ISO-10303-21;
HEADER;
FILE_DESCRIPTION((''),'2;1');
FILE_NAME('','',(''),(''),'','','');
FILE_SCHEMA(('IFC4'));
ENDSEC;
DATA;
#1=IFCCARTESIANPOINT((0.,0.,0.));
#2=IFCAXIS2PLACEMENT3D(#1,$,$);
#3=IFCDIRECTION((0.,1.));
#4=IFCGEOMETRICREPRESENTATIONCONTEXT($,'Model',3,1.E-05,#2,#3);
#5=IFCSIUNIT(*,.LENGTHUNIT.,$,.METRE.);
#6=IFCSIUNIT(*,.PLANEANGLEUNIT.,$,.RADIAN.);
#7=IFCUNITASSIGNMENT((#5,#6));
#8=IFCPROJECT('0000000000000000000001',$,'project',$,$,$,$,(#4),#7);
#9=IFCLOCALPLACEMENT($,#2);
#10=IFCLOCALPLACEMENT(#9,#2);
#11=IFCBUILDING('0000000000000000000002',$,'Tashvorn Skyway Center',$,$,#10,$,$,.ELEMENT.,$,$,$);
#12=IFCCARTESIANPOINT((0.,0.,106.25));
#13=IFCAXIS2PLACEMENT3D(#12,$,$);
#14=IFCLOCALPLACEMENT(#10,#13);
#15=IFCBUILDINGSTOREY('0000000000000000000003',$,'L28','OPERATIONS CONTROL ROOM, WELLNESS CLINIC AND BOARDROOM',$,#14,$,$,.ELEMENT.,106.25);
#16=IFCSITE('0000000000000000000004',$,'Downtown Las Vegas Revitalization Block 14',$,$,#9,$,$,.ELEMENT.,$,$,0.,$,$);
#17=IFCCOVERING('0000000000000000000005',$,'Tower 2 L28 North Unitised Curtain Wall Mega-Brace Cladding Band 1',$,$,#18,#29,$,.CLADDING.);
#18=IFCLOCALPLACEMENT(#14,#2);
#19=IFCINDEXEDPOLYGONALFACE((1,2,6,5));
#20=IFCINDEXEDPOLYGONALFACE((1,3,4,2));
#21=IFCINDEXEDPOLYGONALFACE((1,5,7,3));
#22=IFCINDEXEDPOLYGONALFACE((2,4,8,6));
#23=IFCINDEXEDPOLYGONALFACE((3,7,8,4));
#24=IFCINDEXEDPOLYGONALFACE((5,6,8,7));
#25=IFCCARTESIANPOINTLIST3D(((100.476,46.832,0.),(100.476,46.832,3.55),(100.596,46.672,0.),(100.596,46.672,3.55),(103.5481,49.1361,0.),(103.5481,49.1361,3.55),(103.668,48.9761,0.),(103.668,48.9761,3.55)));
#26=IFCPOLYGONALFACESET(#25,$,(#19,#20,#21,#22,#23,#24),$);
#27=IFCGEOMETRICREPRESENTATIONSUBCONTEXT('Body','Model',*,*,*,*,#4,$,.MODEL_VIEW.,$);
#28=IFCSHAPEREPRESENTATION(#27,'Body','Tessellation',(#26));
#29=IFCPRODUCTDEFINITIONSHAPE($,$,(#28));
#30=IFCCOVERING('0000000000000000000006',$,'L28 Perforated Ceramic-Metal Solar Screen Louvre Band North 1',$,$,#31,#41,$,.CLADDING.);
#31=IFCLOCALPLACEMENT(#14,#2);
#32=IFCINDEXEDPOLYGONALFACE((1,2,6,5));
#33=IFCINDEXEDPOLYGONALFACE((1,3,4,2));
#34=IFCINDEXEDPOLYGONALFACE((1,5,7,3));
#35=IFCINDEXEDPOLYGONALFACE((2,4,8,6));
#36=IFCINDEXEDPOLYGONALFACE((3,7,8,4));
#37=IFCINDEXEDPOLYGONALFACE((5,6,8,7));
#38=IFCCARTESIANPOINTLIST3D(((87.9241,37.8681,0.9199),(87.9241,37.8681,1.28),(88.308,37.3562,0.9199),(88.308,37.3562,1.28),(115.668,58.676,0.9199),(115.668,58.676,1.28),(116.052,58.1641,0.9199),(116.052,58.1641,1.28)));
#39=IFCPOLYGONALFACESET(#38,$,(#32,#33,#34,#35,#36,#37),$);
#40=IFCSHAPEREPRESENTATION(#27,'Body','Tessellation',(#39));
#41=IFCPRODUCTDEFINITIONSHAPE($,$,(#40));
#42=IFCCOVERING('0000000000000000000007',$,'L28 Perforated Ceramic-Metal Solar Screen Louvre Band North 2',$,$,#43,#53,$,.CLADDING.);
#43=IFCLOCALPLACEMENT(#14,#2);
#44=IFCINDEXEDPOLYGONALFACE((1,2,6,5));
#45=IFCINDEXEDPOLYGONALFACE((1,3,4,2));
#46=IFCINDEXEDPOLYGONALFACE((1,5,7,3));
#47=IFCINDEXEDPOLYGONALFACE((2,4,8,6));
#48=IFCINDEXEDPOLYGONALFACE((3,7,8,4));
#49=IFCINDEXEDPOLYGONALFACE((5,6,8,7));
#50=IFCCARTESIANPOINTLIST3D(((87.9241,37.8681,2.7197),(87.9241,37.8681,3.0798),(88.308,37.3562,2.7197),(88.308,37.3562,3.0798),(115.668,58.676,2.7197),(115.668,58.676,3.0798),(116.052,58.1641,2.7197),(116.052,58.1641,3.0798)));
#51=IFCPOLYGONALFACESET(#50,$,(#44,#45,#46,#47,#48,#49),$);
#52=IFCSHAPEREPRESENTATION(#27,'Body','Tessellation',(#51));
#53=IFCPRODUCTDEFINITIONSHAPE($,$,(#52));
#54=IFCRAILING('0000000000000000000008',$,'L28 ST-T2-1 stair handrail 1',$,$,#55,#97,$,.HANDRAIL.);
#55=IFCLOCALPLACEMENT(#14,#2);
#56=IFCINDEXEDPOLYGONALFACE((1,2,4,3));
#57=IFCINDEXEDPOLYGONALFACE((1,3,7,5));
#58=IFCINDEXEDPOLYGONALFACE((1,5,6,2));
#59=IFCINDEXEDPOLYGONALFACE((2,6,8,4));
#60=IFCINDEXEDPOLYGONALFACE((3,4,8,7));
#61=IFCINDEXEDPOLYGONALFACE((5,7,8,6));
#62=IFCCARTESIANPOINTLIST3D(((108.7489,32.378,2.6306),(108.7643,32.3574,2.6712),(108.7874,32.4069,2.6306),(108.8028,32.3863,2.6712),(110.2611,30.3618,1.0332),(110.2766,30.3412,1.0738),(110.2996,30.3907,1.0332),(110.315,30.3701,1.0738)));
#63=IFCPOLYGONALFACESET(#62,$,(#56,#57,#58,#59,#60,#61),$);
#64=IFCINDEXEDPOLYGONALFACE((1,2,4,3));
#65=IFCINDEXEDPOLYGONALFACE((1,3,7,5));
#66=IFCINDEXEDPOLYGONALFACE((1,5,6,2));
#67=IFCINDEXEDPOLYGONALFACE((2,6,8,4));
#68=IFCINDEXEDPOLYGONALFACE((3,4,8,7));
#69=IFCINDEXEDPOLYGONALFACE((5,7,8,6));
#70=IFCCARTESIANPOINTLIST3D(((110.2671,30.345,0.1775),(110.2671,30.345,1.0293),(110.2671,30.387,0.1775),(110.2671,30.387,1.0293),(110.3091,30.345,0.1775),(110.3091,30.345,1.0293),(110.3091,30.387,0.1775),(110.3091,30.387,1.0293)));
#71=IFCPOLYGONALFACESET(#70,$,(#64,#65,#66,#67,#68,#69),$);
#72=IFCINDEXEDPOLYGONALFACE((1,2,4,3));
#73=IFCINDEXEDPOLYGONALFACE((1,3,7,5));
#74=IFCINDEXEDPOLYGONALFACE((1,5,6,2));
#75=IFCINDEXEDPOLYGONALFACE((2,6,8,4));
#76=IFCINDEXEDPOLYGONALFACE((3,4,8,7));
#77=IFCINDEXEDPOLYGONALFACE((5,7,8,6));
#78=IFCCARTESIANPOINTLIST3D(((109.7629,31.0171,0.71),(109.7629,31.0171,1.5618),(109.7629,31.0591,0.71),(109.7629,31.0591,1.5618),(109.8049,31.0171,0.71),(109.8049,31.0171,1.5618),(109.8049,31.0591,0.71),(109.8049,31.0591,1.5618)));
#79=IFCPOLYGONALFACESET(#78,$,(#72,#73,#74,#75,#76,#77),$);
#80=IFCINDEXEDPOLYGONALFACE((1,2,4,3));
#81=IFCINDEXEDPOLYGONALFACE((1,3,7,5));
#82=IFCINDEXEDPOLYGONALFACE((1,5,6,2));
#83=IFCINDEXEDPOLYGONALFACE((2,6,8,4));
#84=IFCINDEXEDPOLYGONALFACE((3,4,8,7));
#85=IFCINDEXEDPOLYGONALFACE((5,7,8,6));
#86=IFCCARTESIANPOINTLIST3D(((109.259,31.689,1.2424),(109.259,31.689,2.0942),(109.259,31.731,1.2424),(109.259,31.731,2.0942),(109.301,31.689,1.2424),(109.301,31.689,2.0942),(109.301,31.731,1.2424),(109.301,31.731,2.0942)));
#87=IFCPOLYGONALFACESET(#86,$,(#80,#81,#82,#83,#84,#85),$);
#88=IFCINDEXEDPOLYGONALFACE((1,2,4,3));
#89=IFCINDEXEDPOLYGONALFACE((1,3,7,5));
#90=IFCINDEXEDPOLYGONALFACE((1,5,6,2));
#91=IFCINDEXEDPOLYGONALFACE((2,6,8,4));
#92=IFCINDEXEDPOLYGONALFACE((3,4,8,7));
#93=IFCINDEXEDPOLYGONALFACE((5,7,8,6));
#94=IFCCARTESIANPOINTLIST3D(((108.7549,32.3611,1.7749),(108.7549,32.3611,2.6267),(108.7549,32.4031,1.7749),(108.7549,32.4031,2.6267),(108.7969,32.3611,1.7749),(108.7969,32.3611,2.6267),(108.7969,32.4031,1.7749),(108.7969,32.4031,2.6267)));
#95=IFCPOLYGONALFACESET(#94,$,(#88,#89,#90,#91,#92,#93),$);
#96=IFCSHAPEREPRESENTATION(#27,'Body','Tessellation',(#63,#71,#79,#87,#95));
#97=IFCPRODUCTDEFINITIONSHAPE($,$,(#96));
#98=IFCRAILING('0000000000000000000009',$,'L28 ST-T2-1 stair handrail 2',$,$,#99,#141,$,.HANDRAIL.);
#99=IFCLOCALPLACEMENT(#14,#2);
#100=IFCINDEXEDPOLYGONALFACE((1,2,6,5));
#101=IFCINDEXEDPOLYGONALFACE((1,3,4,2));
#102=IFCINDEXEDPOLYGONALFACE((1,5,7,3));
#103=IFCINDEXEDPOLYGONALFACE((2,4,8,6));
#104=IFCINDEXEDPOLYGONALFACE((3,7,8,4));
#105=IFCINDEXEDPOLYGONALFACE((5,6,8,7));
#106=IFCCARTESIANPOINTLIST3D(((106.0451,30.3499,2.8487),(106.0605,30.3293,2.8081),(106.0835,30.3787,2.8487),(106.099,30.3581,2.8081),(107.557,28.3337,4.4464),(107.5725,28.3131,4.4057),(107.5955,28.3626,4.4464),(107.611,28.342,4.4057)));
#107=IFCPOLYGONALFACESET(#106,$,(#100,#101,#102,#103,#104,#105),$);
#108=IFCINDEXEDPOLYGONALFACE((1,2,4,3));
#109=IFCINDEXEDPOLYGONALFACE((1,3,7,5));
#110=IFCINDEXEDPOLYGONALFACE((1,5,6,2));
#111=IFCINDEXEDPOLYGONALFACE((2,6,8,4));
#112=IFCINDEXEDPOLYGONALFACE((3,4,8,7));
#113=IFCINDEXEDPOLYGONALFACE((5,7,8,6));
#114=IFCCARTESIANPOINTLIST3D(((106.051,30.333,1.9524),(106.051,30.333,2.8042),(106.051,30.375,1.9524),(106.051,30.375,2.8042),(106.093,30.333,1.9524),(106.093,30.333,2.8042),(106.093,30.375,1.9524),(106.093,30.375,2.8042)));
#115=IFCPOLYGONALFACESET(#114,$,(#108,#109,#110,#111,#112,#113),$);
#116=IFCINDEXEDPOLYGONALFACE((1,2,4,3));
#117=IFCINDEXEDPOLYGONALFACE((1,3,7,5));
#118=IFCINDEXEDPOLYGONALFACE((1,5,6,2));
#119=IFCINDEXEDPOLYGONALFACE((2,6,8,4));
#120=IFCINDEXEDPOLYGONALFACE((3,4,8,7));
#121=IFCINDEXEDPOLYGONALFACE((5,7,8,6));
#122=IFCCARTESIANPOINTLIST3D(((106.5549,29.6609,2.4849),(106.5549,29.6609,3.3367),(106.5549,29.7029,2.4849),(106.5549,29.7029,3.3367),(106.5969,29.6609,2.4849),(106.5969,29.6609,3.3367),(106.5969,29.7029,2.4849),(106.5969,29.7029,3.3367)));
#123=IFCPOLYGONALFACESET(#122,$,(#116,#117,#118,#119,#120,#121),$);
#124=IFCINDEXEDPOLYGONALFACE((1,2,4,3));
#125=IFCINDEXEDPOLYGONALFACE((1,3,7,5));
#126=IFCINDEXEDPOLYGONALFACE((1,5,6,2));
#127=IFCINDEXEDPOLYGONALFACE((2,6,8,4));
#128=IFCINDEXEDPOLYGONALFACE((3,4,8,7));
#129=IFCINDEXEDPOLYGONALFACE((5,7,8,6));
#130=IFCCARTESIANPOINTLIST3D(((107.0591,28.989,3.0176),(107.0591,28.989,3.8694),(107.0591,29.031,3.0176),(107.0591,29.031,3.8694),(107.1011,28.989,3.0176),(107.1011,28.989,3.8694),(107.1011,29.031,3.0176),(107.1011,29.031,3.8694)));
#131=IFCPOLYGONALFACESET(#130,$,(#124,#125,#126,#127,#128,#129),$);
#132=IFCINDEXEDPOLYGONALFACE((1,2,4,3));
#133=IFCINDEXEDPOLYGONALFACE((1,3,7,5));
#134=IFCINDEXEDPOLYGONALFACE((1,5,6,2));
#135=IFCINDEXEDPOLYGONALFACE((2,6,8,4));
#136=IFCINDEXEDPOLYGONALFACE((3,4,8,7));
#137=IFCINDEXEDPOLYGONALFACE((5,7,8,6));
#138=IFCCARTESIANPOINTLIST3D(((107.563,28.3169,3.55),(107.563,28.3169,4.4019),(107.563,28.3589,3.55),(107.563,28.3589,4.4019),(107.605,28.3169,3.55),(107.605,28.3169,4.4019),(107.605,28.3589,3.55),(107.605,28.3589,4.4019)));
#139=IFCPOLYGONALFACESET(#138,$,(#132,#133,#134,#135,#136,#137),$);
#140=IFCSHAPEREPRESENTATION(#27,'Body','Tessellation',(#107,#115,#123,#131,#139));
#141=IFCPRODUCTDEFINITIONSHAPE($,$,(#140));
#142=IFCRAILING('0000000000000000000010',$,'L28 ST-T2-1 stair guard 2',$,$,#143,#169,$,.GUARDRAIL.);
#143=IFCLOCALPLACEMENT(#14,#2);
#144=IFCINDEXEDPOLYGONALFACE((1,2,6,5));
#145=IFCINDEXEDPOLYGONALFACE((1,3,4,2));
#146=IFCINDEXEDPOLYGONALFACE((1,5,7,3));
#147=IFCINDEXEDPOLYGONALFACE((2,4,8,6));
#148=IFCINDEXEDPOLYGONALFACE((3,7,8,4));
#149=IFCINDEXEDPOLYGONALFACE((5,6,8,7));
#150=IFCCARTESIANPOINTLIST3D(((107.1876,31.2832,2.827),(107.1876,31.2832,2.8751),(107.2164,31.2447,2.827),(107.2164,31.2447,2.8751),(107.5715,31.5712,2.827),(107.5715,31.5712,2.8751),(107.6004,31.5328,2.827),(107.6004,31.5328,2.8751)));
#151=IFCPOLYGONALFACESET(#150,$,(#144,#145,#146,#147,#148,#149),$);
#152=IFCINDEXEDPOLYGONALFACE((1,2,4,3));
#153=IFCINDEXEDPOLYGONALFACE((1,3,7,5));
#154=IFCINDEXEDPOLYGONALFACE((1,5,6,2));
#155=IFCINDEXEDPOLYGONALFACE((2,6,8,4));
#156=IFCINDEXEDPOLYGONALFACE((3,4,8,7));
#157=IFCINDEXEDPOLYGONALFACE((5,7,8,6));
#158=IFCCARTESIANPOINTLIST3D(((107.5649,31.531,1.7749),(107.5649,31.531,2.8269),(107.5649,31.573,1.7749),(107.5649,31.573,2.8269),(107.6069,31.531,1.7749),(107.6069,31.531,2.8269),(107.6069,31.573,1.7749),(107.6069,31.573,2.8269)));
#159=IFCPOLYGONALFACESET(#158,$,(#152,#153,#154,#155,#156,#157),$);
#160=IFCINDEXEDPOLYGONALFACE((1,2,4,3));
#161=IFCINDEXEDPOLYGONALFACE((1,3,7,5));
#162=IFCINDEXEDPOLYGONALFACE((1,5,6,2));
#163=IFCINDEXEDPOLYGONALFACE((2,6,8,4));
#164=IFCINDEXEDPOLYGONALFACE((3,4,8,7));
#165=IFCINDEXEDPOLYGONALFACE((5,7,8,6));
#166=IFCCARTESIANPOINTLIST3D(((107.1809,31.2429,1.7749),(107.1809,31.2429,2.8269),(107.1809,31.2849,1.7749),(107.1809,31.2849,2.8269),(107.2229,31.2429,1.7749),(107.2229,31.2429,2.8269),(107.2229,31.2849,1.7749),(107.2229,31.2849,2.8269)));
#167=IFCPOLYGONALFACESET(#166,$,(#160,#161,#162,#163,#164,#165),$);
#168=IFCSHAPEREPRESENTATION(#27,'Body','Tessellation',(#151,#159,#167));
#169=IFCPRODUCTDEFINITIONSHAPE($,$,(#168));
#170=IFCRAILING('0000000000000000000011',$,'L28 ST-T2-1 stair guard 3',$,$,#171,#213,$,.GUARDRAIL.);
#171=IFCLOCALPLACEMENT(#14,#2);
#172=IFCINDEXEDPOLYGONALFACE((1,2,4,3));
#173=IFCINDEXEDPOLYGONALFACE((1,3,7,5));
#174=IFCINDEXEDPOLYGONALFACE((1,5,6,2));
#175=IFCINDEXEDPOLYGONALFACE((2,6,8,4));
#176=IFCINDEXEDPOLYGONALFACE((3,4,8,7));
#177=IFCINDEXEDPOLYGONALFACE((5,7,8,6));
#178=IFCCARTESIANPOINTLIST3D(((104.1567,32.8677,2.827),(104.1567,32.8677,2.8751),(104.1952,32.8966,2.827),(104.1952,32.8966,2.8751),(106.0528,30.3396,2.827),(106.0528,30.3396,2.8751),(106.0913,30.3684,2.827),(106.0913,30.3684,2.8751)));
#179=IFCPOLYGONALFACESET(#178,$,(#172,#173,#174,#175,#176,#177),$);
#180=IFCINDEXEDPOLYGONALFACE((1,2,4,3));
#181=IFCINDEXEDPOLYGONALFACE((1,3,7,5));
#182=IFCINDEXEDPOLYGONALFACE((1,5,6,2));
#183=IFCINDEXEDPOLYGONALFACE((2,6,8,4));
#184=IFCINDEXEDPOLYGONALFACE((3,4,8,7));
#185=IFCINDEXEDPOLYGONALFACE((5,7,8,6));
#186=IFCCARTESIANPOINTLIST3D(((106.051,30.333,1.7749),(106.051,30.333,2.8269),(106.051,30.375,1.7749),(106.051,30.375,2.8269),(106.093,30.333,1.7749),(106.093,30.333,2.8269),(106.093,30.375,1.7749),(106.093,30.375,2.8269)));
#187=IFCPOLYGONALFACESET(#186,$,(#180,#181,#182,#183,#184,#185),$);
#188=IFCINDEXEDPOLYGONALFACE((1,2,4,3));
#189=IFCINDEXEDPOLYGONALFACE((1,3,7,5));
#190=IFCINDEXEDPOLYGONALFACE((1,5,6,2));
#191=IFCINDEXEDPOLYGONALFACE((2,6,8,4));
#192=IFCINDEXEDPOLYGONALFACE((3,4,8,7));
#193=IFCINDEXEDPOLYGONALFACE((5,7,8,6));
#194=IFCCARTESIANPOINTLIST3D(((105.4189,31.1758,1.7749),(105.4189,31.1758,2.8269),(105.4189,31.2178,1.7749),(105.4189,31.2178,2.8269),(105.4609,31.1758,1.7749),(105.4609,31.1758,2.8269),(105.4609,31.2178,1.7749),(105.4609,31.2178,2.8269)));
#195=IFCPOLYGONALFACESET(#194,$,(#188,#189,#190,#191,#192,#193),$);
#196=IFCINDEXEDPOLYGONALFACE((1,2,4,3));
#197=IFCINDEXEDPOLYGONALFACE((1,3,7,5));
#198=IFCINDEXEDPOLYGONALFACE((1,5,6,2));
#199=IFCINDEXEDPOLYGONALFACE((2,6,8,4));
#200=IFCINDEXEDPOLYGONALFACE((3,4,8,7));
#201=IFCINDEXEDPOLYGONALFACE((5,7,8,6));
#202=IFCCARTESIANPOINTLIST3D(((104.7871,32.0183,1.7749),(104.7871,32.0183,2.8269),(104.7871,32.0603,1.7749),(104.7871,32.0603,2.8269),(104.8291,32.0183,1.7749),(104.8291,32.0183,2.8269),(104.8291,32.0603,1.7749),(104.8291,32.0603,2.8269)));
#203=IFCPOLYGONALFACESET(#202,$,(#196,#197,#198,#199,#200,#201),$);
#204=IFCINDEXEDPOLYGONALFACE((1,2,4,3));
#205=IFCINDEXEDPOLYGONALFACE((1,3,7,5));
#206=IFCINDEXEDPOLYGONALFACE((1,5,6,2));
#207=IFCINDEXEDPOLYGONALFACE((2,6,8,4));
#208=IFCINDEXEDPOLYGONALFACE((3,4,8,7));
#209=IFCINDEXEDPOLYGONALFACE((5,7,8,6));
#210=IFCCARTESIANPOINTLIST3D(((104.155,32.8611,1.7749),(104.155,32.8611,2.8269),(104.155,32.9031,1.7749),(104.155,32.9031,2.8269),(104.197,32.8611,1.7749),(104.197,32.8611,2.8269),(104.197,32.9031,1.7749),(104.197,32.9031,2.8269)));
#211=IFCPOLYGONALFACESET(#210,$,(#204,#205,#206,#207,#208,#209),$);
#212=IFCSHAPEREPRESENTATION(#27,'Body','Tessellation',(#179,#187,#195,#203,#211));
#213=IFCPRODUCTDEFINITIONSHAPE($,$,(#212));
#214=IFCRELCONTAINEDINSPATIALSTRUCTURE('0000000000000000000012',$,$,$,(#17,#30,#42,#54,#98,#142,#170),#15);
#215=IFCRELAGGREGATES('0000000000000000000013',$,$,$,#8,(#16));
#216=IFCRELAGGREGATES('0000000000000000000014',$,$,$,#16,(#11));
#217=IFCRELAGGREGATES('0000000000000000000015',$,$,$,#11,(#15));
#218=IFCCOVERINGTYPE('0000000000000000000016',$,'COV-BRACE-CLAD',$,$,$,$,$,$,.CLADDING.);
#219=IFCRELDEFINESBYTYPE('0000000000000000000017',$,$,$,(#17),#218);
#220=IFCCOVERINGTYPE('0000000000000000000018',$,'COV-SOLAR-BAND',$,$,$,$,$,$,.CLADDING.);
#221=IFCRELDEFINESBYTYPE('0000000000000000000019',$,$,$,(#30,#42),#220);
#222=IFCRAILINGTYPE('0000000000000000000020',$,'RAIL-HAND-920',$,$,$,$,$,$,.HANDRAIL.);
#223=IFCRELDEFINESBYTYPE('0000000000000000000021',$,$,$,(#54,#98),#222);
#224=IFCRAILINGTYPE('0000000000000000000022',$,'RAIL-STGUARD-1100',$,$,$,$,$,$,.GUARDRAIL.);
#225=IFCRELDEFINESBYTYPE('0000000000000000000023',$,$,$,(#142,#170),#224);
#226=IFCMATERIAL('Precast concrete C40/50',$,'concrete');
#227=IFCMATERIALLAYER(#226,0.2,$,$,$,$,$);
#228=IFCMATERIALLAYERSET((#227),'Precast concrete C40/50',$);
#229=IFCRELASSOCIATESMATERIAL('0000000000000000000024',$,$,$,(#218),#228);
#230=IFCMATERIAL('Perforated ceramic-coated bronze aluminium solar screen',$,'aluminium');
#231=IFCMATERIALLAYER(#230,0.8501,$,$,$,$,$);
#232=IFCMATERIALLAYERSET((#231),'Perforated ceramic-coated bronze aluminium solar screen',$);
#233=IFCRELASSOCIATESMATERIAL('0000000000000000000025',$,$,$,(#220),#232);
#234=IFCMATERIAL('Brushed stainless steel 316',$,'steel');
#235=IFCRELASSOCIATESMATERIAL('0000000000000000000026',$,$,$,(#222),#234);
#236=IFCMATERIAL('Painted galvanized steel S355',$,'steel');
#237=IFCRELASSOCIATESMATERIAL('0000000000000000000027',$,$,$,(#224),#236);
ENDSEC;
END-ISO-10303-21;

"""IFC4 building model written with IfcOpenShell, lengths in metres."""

from ifc_helpers import new_model, si_unit, direction, frame, origin, origin_2d, place, context, subcontext, project, spatial, rectangle, extrude, material, layer, layer_set, type_object, element, save


model = new_model("IFC4")

# Units and contexts
model_context = context("Model", 3, precision=1e-05, world=origin(), true_north=direction((0.0, 1.0)))
body_context = subcontext(model_context, "Body", "Model", "MODEL_VIEW")
ifc_project = project(units=[si_unit("LENGTHUNIT", "METRE"), si_unit("PLANEANGLEUNIT", "RADIAN")], contexts=[model_context])

# Site, building, storey
site_placement = place(None, origin())
site = spatial("IfcSite", under=ifc_project, at=site_placement, Name="Downtown Las Vegas Revitalization Block 14", CompositionType="ELEMENT", RefElevation=0.0)
building_placement = place(site_placement, origin())
building = spatial("IfcBuilding", under=site, at=building_placement, Name="Tashvorn Skyway Center", CompositionType="ELEMENT")
storey_placement = place(building_placement, frame((0.0, 0.0, 106.25)))
storey = spatial("IfcBuildingStorey", under=building, at=storey_placement, Name="L28", Description="OPERATIONS CONTROL ROOM, WELLNESS CLINIC AND BOARDROOM", CompositionType="ELEMENT", Elevation=106.25)

# Coverings
ifc_material_1 = material(Name="Precast concrete C40/50", Category="concrete")
ifc_layer_1 = layer(ifc_material_1, 0.2)
ifc_layer_set_1 = layer_set([ifc_layer_1], Name="Precast concrete C40/50")
covering_type_1 = type_object("IfcCoveringType", Name="COV-BRACE-CLAD", PredefinedType="CLADDING", material=ifc_layer_set_1)
covering_placement = place(storey_placement, frame((102.072, 47.9041, 0.0), z_axis=(0.0, 0.0, 1.0), x_axis=(0.8, 0.6, 0.0)))
element("IfcCovering", 1, at=covering_placement, inside=storey, type_object=covering_type_1, Name="Tower 2 L28 North Unitised Curtain Wall Mega-Brace Cladding Band 1", PredefinedType="CLADDING", context=body_context, shape_type="SweptSolid", body=[
    extrude(rectangle(XDim=3.8401, YDim=0.2, at=origin_2d()), origin(), (0.0, 0.0, 1.0), 3.55),
])
ifc_material_2 = material(Name="Perforated ceramic-coated bronze aluminium solar screen", Category="aluminium")
ifc_layer_2 = layer(ifc_material_2, 0.8501)
ifc_layer_set_2 = layer_set([ifc_layer_2], Name="Perforated ceramic-coated bronze aluminium solar screen")
covering_type_2 = type_object("IfcCoveringType", Name="COV-SOLAR-BAND", PredefinedType="CLADDING", material=ifc_layer_set_2)
for number, where, z_axis, x_axis, name in (
    (2, (101.988, 48.0161, 0.9199), (0.0, 0.0, 1.0), (0.8, 0.6, 0.0), "L28 Perforated Ceramic-Metal Solar Screen Louvre Band North 1"),
    (3, (101.988, 48.0161, 2.7197), (0.0, 0.0, 1.0), (0.8, 0.6, 0.0), "L28 Perforated Ceramic-Metal Solar Screen Louvre Band North 2"),
):
    element("IfcCovering", number, at=place(storey_placement, frame(where, z_axis=z_axis, x_axis=x_axis)), inside=storey, type_object=covering_type_2, Name=name, PredefinedType="CLADDING", context=body_context, shape_type="SweptSolid", body=[
        extrude(rectangle(XDim=34.6799, YDim=0.6399, at=origin_2d()), origin(), (0.0, 0.0, 1.0), 0.3601),
    ])

# Railings
ifc_material_3 = material(Name="Brushed stainless steel 316", Category="steel")
railing_type_1 = type_object("IfcRailingType", Name="RAIL-HAND-920", PredefinedType="HANDRAIL", material=ifc_material_3)
railing_1_placement = place(storey_placement, frame((110.2881, 30.366, 0.1775)))
element("IfcRailing", 4, at=railing_1_placement, inside=storey, type_object=railing_type_1, Name="L28 ST-T2-1 stair handrail 1", PredefinedType="HANDRAIL", context=body_context, shape_type="SweptSolid", body=[
    extrude(rectangle(XDim=0.0481, YDim=0.0481, at=origin_2d()), frame((0.0, 0.0, 0.876), z_axis=(-0.506802, 0.675681, 0.535357), x_axis=(-0.799977, -0.600031, 0.0)), (0.0, 0.0, 1.0), 2.9839),
    extrude(rectangle(XDim=0.042, YDim=0.042, at=origin_2d()), origin(), (0.0, 0.0, 1.0), 0.8518),
    extrude(rectangle(XDim=0.042, YDim=0.042, at=origin_2d()), frame((-0.5042, 0.6721, 0.5325)), (0.0, 0.0, 1.0), 0.8518),
    extrude(rectangle(XDim=0.042, YDim=0.042, at=origin_2d()), frame((-1.0081, 1.344, 1.0649)), (0.0, 0.0, 1.0), 0.8518),
    extrude(rectangle(XDim=0.042, YDim=0.042, at=origin_2d()), frame((-1.5122, 2.0161, 1.5974)), (0.0, 0.0, 1.0), 0.8518),
])
railing_2_placement = place(storey_placement, frame((106.072, 30.354, 1.9524)))
element("IfcRailing", 5, at=railing_2_placement, inside=storey, type_object=railing_type_1, Name="L28 ST-T2-1 stair handrail 2", PredefinedType="HANDRAIL", context=body_context, shape_type="SweptSolid", body=[
    extrude(rectangle(XDim=0.0481, YDim=0.0481, at=origin_2d()), frame((0.0, 0.0, 0.876), z_axis=(0.506719, -0.675679, 0.535438), x_axis=(0.800023, 0.599969, 0.0)), (0.0, 0.0, 1.0), 2.9839),
    extrude(rectangle(XDim=0.042, YDim=0.042, at=origin_2d()), origin(), (0.0, 0.0, 1.0), 0.8518),
    extrude(rectangle(XDim=0.042, YDim=0.042, at=origin_2d()), frame((0.5039, -0.6721, 0.5325)), (0.0, 0.0, 1.0), 0.8518),
    extrude(rectangle(XDim=0.042, YDim=0.042, at=origin_2d()), frame((1.0081, -1.344, 1.0652)), (0.0, 0.0, 1.0), 0.8518),
    extrude(rectangle(XDim=0.042, YDim=0.042, at=origin_2d()), frame((1.512, -2.0161, 1.5977)), (0.0, 0.0, 1.0), 0.8518),
])
ifc_material_4 = material(Name="Painted galvanized steel S355", Category="steel")
railing_type_2 = type_object("IfcRailingType", Name="RAIL-STGUARD-1100", PredefinedType="GUARDRAIL", material=ifc_material_4)
railing_3_placement = place(storey_placement, frame((107.5859, 31.552, 1.7749)))
element("IfcRailing", 6, at=railing_3_placement, inside=storey, type_object=railing_type_2, Name="L28 ST-T2-1 stair guard 2", PredefinedType="GUARDRAIL", context=body_context, shape_type="SweptSolid", body=[
    extrude(rectangle(XDim=0.0481, YDim=0.0481, at=origin_2d()), frame((0.0, 0.0, 1.0762), z_axis=(-0.799939, -0.600081, 0.0), x_axis=(0.600081, -0.799939, 0.0)), (0.0, 0.0, 1.0), 0.48),
    extrude(rectangle(XDim=0.042, YDim=0.042, at=origin_2d()), origin(), (0.0, 0.0, 1.0), 1.052),
    extrude(rectangle(XDim=0.042, YDim=0.042, at=origin_2d()), frame((-0.384, -0.2881, 0.0)), (0.0, 0.0, 1.0), 1.052),
])
railing_4_placement = place(storey_placement, frame((106.072, 30.354, 1.7749)))
element("IfcRailing", 7, at=railing_4_placement, inside=storey, type_object=railing_type_2, Name="L28 ST-T2-1 stair guard 3", PredefinedType="GUARDRAIL", context=body_context, shape_type="SweptSolid", body=[
    extrude(rectangle(XDim=0.0481, YDim=0.0481, at=origin_2d()), frame((0.0, 0.0, 1.0762), z_axis=(-0.599988, 0.800009, 0.0), x_axis=(-0.800009, -0.599988, 0.0)), (0.0, 0.0, 1.0), 3.1602),
    extrude(rectangle(XDim=0.042, YDim=0.042, at=origin_2d()), origin(), (0.0, 0.0, 1.0), 1.052),
    extrude(rectangle(XDim=0.042, YDim=0.042, at=origin_2d()), frame((-0.6321, 0.8428, 0.0)), (0.0, 0.0, 1.0), 1.052),
    extrude(rectangle(XDim=0.042, YDim=0.042, at=origin_2d()), frame((-1.2639, 1.6853, 0.0)), (0.0, 0.0, 1.0), 1.052),
    extrude(rectangle(XDim=0.042, YDim=0.042, at=origin_2d()), frame((-1.896, 2.5281, 0.0)), (0.0, 0.0, 1.0), 1.052),
])

save(model, "model.ifc")
